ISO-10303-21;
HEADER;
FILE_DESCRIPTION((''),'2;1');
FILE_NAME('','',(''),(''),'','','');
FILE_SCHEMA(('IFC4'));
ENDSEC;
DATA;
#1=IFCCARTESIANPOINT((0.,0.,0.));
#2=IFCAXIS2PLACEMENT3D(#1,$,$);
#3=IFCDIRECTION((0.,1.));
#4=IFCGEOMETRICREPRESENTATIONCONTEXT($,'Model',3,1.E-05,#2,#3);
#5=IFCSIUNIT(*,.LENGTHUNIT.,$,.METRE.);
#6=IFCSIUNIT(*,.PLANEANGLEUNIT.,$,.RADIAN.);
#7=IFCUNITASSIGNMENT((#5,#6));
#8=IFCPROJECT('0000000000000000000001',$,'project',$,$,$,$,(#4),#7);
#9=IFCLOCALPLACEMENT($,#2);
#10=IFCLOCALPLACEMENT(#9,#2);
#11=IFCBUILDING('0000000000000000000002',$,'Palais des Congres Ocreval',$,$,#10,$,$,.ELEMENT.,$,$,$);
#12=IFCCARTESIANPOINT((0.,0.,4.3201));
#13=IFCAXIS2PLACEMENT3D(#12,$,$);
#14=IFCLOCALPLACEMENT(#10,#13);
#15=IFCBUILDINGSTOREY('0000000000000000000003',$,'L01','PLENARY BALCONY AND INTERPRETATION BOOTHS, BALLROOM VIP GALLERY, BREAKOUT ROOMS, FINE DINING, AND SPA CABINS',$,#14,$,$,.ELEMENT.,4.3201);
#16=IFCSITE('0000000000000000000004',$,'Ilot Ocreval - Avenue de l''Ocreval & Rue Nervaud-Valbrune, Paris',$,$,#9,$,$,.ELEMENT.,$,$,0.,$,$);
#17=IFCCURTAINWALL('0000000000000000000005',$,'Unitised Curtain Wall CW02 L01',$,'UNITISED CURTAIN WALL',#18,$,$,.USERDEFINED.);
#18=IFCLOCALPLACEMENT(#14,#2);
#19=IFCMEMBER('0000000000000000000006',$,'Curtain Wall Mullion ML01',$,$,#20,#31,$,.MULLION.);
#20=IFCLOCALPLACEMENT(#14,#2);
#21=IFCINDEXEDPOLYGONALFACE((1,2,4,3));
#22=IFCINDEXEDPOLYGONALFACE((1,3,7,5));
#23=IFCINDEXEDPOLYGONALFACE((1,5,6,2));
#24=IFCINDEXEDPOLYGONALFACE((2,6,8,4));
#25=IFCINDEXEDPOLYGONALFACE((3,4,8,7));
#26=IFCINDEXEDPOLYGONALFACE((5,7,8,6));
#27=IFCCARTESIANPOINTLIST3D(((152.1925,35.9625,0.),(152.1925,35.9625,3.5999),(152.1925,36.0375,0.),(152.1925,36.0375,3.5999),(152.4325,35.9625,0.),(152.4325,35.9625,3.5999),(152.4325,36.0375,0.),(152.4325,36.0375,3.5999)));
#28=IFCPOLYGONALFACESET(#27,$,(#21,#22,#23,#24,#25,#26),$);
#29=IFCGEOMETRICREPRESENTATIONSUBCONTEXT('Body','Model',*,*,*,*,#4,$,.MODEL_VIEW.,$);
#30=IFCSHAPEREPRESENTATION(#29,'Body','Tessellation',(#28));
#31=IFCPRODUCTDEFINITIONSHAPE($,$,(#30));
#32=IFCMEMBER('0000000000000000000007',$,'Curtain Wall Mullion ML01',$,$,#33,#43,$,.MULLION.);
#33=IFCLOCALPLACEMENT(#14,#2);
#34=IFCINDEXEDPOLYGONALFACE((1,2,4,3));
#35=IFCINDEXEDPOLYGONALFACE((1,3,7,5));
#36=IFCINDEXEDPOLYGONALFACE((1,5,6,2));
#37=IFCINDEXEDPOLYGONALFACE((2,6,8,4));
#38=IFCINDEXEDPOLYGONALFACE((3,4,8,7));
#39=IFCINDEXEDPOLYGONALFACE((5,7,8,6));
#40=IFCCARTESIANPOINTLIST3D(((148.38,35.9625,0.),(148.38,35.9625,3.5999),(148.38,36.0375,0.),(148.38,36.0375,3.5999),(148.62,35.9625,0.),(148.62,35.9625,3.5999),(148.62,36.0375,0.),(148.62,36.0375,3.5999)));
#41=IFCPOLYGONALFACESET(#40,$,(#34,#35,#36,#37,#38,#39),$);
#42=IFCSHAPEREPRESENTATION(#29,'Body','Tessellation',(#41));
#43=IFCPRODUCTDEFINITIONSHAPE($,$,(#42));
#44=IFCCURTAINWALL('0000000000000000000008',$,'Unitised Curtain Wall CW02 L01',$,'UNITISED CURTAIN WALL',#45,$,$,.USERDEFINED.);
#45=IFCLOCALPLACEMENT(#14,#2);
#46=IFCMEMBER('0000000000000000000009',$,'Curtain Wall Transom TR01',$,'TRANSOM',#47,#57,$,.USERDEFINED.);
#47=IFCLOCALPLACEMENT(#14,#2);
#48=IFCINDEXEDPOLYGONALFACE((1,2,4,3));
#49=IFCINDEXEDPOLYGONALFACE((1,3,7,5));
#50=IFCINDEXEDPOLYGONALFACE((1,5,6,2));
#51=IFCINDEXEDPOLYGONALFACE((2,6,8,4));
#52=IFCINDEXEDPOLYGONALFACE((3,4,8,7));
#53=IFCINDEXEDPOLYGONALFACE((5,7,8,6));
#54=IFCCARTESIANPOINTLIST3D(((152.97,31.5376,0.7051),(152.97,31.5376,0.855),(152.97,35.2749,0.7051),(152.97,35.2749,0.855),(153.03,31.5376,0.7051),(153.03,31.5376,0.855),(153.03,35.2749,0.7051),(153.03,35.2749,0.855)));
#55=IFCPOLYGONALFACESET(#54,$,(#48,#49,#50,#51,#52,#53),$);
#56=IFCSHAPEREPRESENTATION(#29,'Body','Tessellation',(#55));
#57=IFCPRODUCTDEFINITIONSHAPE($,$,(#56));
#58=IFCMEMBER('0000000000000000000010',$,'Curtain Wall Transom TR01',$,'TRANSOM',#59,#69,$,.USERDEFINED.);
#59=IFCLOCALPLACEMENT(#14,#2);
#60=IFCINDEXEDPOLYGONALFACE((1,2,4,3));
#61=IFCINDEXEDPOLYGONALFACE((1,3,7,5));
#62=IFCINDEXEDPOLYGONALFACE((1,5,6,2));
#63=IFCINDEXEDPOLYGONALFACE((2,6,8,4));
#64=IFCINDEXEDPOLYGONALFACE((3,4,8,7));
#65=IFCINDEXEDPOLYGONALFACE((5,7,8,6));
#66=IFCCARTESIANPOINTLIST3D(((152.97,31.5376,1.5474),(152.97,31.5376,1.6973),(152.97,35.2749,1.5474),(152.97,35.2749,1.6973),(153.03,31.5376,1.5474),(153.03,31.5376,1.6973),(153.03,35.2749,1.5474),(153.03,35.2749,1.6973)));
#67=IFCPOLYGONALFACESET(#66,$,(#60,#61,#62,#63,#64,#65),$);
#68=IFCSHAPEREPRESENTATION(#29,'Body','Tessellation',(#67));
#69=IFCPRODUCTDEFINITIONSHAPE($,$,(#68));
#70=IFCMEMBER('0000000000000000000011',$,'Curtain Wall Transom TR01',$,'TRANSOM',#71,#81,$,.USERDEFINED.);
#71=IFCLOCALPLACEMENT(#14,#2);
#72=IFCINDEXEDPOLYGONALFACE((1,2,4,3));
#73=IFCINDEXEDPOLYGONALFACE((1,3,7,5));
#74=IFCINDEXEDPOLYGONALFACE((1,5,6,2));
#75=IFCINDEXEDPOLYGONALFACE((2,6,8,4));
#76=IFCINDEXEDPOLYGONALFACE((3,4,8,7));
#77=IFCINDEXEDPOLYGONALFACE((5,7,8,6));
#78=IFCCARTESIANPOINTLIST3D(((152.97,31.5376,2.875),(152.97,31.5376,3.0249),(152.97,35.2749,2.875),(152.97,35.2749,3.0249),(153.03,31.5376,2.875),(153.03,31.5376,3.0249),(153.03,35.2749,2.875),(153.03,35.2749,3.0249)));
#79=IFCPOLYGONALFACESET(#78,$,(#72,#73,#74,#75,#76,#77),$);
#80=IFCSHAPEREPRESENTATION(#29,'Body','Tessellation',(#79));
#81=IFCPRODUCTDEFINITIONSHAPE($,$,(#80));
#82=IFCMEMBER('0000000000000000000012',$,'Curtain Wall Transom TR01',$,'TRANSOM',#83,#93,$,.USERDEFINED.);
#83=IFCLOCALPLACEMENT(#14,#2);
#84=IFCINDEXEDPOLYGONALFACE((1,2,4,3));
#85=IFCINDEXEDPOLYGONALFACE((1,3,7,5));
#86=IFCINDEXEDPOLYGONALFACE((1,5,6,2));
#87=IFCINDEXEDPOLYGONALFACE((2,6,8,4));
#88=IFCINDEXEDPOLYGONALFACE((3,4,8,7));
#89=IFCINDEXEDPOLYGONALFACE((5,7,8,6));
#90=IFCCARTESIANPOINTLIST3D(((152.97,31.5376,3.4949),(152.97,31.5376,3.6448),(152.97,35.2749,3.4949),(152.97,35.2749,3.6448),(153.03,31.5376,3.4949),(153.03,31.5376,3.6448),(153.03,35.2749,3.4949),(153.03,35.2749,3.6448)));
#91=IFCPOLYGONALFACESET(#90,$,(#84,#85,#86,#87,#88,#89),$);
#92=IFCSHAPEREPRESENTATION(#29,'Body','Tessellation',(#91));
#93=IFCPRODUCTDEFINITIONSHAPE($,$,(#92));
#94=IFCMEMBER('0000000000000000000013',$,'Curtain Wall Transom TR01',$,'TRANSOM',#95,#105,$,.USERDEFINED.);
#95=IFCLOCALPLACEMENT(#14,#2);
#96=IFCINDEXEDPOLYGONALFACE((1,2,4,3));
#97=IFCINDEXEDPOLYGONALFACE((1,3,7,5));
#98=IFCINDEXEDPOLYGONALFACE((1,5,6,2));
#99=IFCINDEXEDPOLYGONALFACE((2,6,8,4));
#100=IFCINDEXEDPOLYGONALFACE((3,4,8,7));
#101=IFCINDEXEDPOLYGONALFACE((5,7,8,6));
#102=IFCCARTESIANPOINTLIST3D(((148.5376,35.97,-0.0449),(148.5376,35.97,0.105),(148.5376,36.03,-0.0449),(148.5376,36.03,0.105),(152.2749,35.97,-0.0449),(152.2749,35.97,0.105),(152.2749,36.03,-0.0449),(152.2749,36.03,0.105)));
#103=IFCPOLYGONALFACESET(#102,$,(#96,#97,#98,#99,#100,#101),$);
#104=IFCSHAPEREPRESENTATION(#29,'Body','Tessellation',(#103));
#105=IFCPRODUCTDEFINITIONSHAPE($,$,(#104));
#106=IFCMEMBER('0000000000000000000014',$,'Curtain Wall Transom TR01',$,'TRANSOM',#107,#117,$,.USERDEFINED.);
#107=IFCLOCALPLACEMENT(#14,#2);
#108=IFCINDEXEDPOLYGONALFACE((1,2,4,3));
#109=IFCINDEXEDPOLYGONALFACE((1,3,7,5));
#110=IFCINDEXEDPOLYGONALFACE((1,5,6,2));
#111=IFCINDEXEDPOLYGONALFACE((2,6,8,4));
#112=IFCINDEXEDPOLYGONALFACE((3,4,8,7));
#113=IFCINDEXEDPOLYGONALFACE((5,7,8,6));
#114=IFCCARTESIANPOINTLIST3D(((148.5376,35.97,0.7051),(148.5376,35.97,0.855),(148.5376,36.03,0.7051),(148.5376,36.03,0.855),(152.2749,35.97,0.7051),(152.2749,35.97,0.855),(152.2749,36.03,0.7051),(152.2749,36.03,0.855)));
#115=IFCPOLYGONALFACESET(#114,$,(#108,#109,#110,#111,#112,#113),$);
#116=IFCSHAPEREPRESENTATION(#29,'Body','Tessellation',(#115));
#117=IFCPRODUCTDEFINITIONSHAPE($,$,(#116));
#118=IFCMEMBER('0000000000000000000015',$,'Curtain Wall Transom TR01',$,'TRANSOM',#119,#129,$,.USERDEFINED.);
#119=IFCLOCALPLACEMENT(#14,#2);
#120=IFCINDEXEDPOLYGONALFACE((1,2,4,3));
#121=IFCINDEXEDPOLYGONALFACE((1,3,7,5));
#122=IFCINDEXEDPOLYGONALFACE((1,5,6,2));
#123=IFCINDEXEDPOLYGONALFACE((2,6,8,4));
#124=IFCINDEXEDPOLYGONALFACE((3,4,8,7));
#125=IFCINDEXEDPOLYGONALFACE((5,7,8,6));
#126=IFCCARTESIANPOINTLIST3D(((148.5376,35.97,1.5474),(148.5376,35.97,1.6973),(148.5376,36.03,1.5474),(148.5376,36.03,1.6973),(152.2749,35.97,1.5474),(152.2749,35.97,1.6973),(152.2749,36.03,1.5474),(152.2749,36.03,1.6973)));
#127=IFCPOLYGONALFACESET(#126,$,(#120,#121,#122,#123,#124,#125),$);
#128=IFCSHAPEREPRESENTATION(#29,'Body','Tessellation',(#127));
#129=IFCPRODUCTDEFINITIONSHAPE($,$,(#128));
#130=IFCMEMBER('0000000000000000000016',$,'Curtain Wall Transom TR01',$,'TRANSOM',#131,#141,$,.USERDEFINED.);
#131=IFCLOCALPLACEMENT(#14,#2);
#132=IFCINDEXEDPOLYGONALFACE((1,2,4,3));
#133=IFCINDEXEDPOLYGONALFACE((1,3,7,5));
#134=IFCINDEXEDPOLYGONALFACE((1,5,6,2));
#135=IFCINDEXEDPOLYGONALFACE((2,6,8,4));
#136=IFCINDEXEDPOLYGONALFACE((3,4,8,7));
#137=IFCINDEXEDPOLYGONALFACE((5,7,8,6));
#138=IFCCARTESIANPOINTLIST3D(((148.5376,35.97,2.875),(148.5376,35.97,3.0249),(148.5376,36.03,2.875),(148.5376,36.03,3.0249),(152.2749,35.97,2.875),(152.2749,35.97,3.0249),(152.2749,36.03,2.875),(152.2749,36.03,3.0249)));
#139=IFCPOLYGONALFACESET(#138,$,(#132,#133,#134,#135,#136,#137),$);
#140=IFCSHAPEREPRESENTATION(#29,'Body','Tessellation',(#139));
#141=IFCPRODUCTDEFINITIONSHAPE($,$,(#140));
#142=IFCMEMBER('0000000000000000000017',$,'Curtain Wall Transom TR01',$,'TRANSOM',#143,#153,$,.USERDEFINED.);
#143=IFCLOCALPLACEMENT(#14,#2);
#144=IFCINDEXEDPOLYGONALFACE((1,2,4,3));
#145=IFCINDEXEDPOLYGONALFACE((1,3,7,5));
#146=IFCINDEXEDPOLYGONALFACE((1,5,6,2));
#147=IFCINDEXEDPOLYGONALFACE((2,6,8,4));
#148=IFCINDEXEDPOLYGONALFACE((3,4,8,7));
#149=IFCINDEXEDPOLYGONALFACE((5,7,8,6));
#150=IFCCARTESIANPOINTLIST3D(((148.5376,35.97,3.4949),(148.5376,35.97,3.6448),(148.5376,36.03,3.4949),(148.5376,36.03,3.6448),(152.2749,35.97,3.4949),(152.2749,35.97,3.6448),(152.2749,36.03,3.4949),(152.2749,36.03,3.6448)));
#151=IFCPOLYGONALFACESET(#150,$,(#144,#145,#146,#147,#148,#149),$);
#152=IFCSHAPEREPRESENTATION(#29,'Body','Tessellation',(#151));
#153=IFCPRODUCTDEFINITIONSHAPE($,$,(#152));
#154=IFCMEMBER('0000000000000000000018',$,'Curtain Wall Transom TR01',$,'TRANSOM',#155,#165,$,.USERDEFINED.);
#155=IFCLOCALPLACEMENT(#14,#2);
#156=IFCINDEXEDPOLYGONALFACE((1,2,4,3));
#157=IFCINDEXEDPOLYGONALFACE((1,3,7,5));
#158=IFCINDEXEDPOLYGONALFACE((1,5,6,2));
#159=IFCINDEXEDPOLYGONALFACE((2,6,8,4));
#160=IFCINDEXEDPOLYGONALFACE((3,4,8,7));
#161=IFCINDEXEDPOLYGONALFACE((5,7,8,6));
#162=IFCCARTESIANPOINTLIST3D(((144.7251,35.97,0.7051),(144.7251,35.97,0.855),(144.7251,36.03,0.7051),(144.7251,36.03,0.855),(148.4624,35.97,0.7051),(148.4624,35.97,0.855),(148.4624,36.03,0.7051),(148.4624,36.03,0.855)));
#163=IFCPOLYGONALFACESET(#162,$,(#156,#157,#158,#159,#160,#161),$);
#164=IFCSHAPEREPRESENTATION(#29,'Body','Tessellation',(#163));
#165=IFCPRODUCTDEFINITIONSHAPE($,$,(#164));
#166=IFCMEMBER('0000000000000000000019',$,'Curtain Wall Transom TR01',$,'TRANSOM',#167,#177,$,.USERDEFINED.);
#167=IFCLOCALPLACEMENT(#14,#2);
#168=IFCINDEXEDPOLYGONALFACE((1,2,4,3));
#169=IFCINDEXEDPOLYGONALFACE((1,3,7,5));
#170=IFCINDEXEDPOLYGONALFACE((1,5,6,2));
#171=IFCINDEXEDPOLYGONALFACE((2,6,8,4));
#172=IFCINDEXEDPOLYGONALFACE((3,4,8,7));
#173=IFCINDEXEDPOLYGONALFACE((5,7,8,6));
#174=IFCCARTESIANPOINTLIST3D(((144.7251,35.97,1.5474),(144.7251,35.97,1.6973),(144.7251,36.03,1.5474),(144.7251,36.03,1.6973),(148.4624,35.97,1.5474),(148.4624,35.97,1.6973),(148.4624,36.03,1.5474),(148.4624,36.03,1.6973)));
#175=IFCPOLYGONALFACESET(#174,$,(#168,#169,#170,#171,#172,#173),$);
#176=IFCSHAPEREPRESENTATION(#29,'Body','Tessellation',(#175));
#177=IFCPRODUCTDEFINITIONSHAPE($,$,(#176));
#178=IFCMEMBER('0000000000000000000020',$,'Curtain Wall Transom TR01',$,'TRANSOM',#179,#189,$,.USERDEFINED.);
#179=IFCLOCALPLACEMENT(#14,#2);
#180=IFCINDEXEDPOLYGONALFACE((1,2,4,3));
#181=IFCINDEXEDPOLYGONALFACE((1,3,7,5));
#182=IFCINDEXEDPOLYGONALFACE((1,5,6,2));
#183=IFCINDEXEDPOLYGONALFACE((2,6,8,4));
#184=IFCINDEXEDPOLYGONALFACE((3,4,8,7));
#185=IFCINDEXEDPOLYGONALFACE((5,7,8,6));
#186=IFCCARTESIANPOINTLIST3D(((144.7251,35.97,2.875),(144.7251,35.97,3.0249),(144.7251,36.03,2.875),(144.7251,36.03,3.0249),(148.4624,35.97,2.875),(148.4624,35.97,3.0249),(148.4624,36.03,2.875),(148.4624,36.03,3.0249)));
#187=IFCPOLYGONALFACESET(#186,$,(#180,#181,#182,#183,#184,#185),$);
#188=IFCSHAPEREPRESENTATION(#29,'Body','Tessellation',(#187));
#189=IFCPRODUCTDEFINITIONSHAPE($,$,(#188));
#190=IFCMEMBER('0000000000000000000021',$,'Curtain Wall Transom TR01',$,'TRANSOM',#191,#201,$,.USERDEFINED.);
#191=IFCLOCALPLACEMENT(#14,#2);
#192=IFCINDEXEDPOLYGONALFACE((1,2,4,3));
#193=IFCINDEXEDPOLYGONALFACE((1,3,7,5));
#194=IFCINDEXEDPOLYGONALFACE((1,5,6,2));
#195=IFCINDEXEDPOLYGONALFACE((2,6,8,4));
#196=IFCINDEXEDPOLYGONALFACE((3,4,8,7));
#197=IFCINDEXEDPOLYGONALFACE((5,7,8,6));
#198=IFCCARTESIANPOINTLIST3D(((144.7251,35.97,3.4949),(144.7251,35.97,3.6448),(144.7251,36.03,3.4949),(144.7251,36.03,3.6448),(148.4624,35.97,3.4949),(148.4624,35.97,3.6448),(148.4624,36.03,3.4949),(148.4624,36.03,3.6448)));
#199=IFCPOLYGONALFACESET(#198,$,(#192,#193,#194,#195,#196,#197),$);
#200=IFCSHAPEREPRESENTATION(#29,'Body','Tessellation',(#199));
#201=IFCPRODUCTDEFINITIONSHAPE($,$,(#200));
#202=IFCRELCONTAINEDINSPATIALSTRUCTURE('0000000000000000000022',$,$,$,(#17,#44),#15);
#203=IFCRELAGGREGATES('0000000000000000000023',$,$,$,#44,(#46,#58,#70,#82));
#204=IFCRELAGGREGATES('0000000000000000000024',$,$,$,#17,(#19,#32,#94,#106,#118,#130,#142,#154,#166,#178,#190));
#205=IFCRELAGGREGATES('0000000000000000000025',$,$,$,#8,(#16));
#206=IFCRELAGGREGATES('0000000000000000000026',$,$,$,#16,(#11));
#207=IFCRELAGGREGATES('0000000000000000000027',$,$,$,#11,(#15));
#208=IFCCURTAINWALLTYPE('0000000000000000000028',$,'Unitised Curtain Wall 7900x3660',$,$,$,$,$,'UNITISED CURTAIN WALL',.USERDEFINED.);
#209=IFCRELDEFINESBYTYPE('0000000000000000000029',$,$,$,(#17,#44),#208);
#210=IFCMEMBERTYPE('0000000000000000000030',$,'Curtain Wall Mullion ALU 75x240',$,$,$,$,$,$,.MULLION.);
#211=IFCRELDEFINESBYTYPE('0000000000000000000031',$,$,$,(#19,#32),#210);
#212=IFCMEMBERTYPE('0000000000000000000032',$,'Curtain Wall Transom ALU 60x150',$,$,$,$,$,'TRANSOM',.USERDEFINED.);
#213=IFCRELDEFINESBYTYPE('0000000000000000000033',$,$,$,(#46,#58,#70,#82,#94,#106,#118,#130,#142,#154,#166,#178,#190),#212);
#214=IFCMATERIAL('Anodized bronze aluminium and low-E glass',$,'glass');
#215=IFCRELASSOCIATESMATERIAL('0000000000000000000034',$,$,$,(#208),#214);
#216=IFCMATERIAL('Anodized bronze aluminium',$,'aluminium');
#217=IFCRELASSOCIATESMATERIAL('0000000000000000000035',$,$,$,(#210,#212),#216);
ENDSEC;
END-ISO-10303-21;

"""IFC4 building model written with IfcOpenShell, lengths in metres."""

from ifc_helpers import new_model, si_unit, direction, frame, origin, origin_2d, place, context, subcontext, project, spatial, rectangle, extrude, material, material_profile, profile_set, type_object, element, aggregate, save


model = new_model("IFC4")

# Units and contexts
model_context = context("Model", 3, precision=1e-05, world=origin(), true_north=direction((0.0, 1.0)))
body_context = subcontext(model_context, "Body", "Model", "MODEL_VIEW")
ifc_project = project(units=[si_unit("LENGTHUNIT", "METRE"), si_unit("PLANEANGLEUNIT", "RADIAN")], contexts=[model_context])

# Site, building, storey
site_placement = place(None, origin())
site = spatial("IfcSite", under=ifc_project, at=site_placement, Name="Ilot Ocreval - Avenue de l'Ocreval & Rue Nervaud-Valbrune, Paris", CompositionType="ELEMENT", RefElevation=0.0)
building_placement = place(site_placement, origin())
building = spatial("IfcBuilding", under=site, at=building_placement, Name="Palais des Congres Ocreval", CompositionType="ELEMENT")
storey_placement = place(building_placement, frame((0.0, 0.0, 4.3201)))
storey = spatial("IfcBuildingStorey", under=building, at=storey_placement, Name="L01", Description="PLENARY BALCONY AND INTERPRETATION BOOTHS, BALLROOM VIP GALLERY, BREAKOUT ROOMS, FINE DINING, AND SPA CABINS", CompositionType="ELEMENT", Elevation=4.3201)

# Curtain walls, members
ifc_material_1 = material(Name="Anodized bronze aluminium and low-E glass", Category="glass")
curtain_wall_type = type_object("IfcCurtainWallType", Name="Unitised Curtain Wall 7900x3660", ElementType="UNITISED CURTAIN WALL", PredefinedType="USERDEFINED", material=ifc_material_1)
curtain_wall_1_placement = place(storey_placement, origin())
curtain_wall_1 = element("IfcCurtainWall", 1, at=curtain_wall_1_placement, inside=storey, type_object=curtain_wall_type, Name="Unitised Curtain Wall CW02 L01", ObjectType="UNITISED CURTAIN WALL", PredefinedType="USERDEFINED")
ifc_material_2 = material(Name="Anodized bronze aluminium", Category="aluminium")
ifc_material_profile_1 = material_profile(ifc_material_2, rectangle(XDim=0.075, YDim=0.24, at=origin_2d()), Name="ALU 75x240")
ifc_profile_set_1 = profile_set([ifc_material_profile_1], Name="Anodized bronze aluminium")
member_type_1 = type_object("IfcMemberType", Name="Curtain Wall Mullion ALU 75x240", PredefinedType="MULLION", material=ifc_profile_set_1)
member_1_placement = place(storey_placement, frame((152.3125, 36.0, 0.0), z_axis=(0.0, 0.0, 1.0), x_axis=(0.0, -1.0, 0.0)))
member_1 = element("IfcMember", 2, at=member_1_placement, type_object=member_type_1, Name="Curtain Wall Mullion ML01", PredefinedType="MULLION", context=body_context, shape_type="SweptSolid", body=[
    extrude(rectangle(XDim=0.075, YDim=0.24, at=origin_2d()), origin(), (0.0, 0.0, 1.0), 3.5999),
])
member_2_placement = place(storey_placement, frame((148.5, 36.0, 0.0), z_axis=(0.0, 0.0, 1.0), x_axis=(0.0, -1.0, 0.0)))
member_2 = element("IfcMember", 3, at=member_2_placement, type_object=member_type_1, Name="Curtain Wall Mullion ML01", PredefinedType="MULLION", context=body_context, shape_type="SweptSolid", body=[
    extrude(rectangle(XDim=0.075, YDim=0.24, at=origin_2d()), origin(), (0.0, 0.0, 1.0), 3.5999),
])
curtain_wall_2_placement = place(storey_placement, origin())
curtain_wall_2 = element("IfcCurtainWall", 4, at=curtain_wall_2_placement, inside=storey, type_object=curtain_wall_type, Name="Unitised Curtain Wall CW02 L01", ObjectType="UNITISED CURTAIN WALL", PredefinedType="USERDEFINED")
ifc_material_profile_2 = material_profile(ifc_material_2, rectangle(XDim=0.0601, YDim=0.1499, at=origin_2d()), Name="ALU 60x150")
ifc_profile_set_2 = profile_set([ifc_material_profile_2], Name="Anodized bronze aluminium")
member_type_2 = type_object("IfcMemberType", Name="Curtain Wall Transom ALU 60x150", ElementType="TRANSOM", PredefinedType="USERDEFINED", material=ifc_profile_set_2)
member_3_placement = place(storey_placement, frame((153.0, 31.5376, 0.78), z_axis=(0.0, 1.0, 0.0), x_axis=(-1.0, 0.0, 0.0)))
member_3 = element("IfcMember", 5, at=member_3_placement, type_object=member_type_2, Name="Curtain Wall Transom TR01", ObjectType="TRANSOM", PredefinedType="USERDEFINED", context=body_context, shape_type="SweptSolid", body=[
    extrude(rectangle(XDim=0.0601, YDim=0.1499, at=origin_2d()), origin(), (0.0, 0.0, 1.0), 3.7373),
])
member_4_placement = place(storey_placement, frame((153.0, 31.5376, 1.6223), z_axis=(0.0, 1.0, 0.0), x_axis=(-1.0, 0.0, 0.0)))
member_4 = element("IfcMember", 6, at=member_4_placement, type_object=member_type_2, Name="Curtain Wall Transom TR01", ObjectType="TRANSOM", PredefinedType="USERDEFINED", context=body_context, shape_type="SweptSolid", body=[
    extrude(rectangle(XDim=0.0601, YDim=0.1499, at=origin_2d()), origin(), (0.0, 0.0, 1.0), 3.7373),
])
member_5_placement = place(storey_placement, frame((153.0, 31.5376, 2.95), z_axis=(0.0, 1.0, 0.0), x_axis=(-1.0, 0.0, 0.0)))
member_5 = element("IfcMember", 7, at=member_5_placement, type_object=member_type_2, Name="Curtain Wall Transom TR01", ObjectType="TRANSOM", PredefinedType="USERDEFINED", context=body_context, shape_type="SweptSolid", body=[
    extrude(rectangle(XDim=0.0601, YDim=0.1499, at=origin_2d()), origin(), (0.0, 0.0, 1.0), 3.7373),
])
member_6_placement = place(storey_placement, frame((153.0, 31.5376, 3.5698), z_axis=(0.0, 1.0, 0.0), x_axis=(-1.0, 0.0, 0.0)))
member_6 = element("IfcMember", 8, at=member_6_placement, type_object=member_type_2, Name="Curtain Wall Transom TR01", ObjectType="TRANSOM", PredefinedType="USERDEFINED", context=body_context, shape_type="SweptSolid", body=[
    extrude(rectangle(XDim=0.0601, YDim=0.1499, at=origin_2d()), origin(), (0.0, 0.0, 1.0), 3.7373),
])

# Members
member_7_placement = place(storey_placement, frame((152.2749, 36.0, 0.03), z_axis=(-1.0, 0.0, 0.0), x_axis=(0.0, -1.0, 0.0)))
member_7 = element("IfcMember", 9, at=member_7_placement, type_object=member_type_2, Name="Curtain Wall Transom TR01", ObjectType="TRANSOM", PredefinedType="USERDEFINED", context=body_context, shape_type="SweptSolid", body=[
    extrude(rectangle(XDim=0.0601, YDim=0.1499, at=origin_2d()), origin(), (0.0, 0.0, 1.0), 3.7373),
])
member_8_placement = place(storey_placement, frame((152.2749, 36.0, 0.78), z_axis=(-1.0, 0.0, 0.0), x_axis=(0.0, -1.0, 0.0)))
member_8 = element("IfcMember", 10, at=member_8_placement, type_object=member_type_2, Name="Curtain Wall Transom TR01", ObjectType="TRANSOM", PredefinedType="USERDEFINED", context=body_context, shape_type="SweptSolid", body=[
    extrude(rectangle(XDim=0.0601, YDim=0.1499, at=origin_2d()), origin(), (0.0, 0.0, 1.0), 3.7373),
])
member_9_placement = place(storey_placement, frame((152.2749, 36.0, 1.6223), z_axis=(-1.0, 0.0, 0.0), x_axis=(0.0, -1.0, 0.0)))
member_9 = element("IfcMember", 11, at=member_9_placement, type_object=member_type_2, Name="Curtain Wall Transom TR01", ObjectType="TRANSOM", PredefinedType="USERDEFINED", context=body_context, shape_type="SweptSolid", body=[
    extrude(rectangle(XDim=0.0601, YDim=0.1499, at=origin_2d()), origin(), (0.0, 0.0, 1.0), 3.7373),
])
member_10_placement = place(storey_placement, frame((152.2749, 36.0, 2.95), z_axis=(-1.0, 0.0, 0.0), x_axis=(0.0, -1.0, 0.0)))
member_10 = element("IfcMember", 12, at=member_10_placement, type_object=member_type_2, Name="Curtain Wall Transom TR01", ObjectType="TRANSOM", PredefinedType="USERDEFINED", context=body_context, shape_type="SweptSolid", body=[
    extrude(rectangle(XDim=0.0601, YDim=0.1499, at=origin_2d()), origin(), (0.0, 0.0, 1.0), 3.7373),
])
member_11_placement = place(storey_placement, frame((152.2749, 36.0, 3.5698), z_axis=(-1.0, 0.0, 0.0), x_axis=(0.0, -1.0, 0.0)))
member_11 = element("IfcMember", 13, at=member_11_placement, type_object=member_type_2, Name="Curtain Wall Transom TR01", ObjectType="TRANSOM", PredefinedType="USERDEFINED", context=body_context, shape_type="SweptSolid", body=[
    extrude(rectangle(XDim=0.0601, YDim=0.1499, at=origin_2d()), origin(), (0.0, 0.0, 1.0), 3.7373),
])
member_12_placement = place(storey_placement, frame((148.4624, 36.0, 0.78), z_axis=(-1.0, 0.0, 0.0), x_axis=(0.0, -1.0, 0.0)))
member_12 = element("IfcMember", 14, at=member_12_placement, type_object=member_type_2, Name="Curtain Wall Transom TR01", ObjectType="TRANSOM", PredefinedType="USERDEFINED", context=body_context, shape_type="SweptSolid", body=[
    extrude(rectangle(XDim=0.0601, YDim=0.1499, at=origin_2d()), origin(), (0.0, 0.0, 1.0), 3.7373),
])
member_13_placement = place(storey_placement, frame((148.4624, 36.0, 1.6223), z_axis=(-1.0, 0.0, 0.0), x_axis=(0.0, -1.0, 0.0)))
member_13 = element("IfcMember", 15, at=member_13_placement, type_object=member_type_2, Name="Curtain Wall Transom TR01", ObjectType="TRANSOM", PredefinedType="USERDEFINED", context=body_context, shape_type="SweptSolid", body=[
    extrude(rectangle(XDim=0.0601, YDim=0.1499, at=origin_2d()), origin(), (0.0, 0.0, 1.0), 3.7373),
])
member_14_placement = place(storey_placement, frame((148.4624, 36.0, 2.95), z_axis=(-1.0, 0.0, 0.0), x_axis=(0.0, -1.0, 0.0)))
member_14 = element("IfcMember", 16, at=member_14_placement, type_object=member_type_2, Name="Curtain Wall Transom TR01", ObjectType="TRANSOM", PredefinedType="USERDEFINED", context=body_context, shape_type="SweptSolid", body=[
    extrude(rectangle(XDim=0.0601, YDim=0.1499, at=origin_2d()), origin(), (0.0, 0.0, 1.0), 3.7373),
])
member_15_placement = place(storey_placement, frame((148.4624, 36.0, 3.5698), z_axis=(-1.0, 0.0, 0.0), x_axis=(0.0, -1.0, 0.0)))
member_15 = element("IfcMember", 17, at=member_15_placement, type_object=member_type_2, Name="Curtain Wall Transom TR01", ObjectType="TRANSOM", PredefinedType="USERDEFINED", context=body_context, shape_type="SweptSolid", body=[
    extrude(rectangle(XDim=0.0601, YDim=0.1499, at=origin_2d()), origin(), (0.0, 0.0, 1.0), 3.7373),
])

aggregate(curtain_wall_2, [member_3, member_4, member_5, member_6])
aggregate(curtain_wall_1, [member_1, member_2, member_7, member_8, member_9, member_10, member_11, member_12, member_13, member_14, member_15])

save(model, "model.ifc")
